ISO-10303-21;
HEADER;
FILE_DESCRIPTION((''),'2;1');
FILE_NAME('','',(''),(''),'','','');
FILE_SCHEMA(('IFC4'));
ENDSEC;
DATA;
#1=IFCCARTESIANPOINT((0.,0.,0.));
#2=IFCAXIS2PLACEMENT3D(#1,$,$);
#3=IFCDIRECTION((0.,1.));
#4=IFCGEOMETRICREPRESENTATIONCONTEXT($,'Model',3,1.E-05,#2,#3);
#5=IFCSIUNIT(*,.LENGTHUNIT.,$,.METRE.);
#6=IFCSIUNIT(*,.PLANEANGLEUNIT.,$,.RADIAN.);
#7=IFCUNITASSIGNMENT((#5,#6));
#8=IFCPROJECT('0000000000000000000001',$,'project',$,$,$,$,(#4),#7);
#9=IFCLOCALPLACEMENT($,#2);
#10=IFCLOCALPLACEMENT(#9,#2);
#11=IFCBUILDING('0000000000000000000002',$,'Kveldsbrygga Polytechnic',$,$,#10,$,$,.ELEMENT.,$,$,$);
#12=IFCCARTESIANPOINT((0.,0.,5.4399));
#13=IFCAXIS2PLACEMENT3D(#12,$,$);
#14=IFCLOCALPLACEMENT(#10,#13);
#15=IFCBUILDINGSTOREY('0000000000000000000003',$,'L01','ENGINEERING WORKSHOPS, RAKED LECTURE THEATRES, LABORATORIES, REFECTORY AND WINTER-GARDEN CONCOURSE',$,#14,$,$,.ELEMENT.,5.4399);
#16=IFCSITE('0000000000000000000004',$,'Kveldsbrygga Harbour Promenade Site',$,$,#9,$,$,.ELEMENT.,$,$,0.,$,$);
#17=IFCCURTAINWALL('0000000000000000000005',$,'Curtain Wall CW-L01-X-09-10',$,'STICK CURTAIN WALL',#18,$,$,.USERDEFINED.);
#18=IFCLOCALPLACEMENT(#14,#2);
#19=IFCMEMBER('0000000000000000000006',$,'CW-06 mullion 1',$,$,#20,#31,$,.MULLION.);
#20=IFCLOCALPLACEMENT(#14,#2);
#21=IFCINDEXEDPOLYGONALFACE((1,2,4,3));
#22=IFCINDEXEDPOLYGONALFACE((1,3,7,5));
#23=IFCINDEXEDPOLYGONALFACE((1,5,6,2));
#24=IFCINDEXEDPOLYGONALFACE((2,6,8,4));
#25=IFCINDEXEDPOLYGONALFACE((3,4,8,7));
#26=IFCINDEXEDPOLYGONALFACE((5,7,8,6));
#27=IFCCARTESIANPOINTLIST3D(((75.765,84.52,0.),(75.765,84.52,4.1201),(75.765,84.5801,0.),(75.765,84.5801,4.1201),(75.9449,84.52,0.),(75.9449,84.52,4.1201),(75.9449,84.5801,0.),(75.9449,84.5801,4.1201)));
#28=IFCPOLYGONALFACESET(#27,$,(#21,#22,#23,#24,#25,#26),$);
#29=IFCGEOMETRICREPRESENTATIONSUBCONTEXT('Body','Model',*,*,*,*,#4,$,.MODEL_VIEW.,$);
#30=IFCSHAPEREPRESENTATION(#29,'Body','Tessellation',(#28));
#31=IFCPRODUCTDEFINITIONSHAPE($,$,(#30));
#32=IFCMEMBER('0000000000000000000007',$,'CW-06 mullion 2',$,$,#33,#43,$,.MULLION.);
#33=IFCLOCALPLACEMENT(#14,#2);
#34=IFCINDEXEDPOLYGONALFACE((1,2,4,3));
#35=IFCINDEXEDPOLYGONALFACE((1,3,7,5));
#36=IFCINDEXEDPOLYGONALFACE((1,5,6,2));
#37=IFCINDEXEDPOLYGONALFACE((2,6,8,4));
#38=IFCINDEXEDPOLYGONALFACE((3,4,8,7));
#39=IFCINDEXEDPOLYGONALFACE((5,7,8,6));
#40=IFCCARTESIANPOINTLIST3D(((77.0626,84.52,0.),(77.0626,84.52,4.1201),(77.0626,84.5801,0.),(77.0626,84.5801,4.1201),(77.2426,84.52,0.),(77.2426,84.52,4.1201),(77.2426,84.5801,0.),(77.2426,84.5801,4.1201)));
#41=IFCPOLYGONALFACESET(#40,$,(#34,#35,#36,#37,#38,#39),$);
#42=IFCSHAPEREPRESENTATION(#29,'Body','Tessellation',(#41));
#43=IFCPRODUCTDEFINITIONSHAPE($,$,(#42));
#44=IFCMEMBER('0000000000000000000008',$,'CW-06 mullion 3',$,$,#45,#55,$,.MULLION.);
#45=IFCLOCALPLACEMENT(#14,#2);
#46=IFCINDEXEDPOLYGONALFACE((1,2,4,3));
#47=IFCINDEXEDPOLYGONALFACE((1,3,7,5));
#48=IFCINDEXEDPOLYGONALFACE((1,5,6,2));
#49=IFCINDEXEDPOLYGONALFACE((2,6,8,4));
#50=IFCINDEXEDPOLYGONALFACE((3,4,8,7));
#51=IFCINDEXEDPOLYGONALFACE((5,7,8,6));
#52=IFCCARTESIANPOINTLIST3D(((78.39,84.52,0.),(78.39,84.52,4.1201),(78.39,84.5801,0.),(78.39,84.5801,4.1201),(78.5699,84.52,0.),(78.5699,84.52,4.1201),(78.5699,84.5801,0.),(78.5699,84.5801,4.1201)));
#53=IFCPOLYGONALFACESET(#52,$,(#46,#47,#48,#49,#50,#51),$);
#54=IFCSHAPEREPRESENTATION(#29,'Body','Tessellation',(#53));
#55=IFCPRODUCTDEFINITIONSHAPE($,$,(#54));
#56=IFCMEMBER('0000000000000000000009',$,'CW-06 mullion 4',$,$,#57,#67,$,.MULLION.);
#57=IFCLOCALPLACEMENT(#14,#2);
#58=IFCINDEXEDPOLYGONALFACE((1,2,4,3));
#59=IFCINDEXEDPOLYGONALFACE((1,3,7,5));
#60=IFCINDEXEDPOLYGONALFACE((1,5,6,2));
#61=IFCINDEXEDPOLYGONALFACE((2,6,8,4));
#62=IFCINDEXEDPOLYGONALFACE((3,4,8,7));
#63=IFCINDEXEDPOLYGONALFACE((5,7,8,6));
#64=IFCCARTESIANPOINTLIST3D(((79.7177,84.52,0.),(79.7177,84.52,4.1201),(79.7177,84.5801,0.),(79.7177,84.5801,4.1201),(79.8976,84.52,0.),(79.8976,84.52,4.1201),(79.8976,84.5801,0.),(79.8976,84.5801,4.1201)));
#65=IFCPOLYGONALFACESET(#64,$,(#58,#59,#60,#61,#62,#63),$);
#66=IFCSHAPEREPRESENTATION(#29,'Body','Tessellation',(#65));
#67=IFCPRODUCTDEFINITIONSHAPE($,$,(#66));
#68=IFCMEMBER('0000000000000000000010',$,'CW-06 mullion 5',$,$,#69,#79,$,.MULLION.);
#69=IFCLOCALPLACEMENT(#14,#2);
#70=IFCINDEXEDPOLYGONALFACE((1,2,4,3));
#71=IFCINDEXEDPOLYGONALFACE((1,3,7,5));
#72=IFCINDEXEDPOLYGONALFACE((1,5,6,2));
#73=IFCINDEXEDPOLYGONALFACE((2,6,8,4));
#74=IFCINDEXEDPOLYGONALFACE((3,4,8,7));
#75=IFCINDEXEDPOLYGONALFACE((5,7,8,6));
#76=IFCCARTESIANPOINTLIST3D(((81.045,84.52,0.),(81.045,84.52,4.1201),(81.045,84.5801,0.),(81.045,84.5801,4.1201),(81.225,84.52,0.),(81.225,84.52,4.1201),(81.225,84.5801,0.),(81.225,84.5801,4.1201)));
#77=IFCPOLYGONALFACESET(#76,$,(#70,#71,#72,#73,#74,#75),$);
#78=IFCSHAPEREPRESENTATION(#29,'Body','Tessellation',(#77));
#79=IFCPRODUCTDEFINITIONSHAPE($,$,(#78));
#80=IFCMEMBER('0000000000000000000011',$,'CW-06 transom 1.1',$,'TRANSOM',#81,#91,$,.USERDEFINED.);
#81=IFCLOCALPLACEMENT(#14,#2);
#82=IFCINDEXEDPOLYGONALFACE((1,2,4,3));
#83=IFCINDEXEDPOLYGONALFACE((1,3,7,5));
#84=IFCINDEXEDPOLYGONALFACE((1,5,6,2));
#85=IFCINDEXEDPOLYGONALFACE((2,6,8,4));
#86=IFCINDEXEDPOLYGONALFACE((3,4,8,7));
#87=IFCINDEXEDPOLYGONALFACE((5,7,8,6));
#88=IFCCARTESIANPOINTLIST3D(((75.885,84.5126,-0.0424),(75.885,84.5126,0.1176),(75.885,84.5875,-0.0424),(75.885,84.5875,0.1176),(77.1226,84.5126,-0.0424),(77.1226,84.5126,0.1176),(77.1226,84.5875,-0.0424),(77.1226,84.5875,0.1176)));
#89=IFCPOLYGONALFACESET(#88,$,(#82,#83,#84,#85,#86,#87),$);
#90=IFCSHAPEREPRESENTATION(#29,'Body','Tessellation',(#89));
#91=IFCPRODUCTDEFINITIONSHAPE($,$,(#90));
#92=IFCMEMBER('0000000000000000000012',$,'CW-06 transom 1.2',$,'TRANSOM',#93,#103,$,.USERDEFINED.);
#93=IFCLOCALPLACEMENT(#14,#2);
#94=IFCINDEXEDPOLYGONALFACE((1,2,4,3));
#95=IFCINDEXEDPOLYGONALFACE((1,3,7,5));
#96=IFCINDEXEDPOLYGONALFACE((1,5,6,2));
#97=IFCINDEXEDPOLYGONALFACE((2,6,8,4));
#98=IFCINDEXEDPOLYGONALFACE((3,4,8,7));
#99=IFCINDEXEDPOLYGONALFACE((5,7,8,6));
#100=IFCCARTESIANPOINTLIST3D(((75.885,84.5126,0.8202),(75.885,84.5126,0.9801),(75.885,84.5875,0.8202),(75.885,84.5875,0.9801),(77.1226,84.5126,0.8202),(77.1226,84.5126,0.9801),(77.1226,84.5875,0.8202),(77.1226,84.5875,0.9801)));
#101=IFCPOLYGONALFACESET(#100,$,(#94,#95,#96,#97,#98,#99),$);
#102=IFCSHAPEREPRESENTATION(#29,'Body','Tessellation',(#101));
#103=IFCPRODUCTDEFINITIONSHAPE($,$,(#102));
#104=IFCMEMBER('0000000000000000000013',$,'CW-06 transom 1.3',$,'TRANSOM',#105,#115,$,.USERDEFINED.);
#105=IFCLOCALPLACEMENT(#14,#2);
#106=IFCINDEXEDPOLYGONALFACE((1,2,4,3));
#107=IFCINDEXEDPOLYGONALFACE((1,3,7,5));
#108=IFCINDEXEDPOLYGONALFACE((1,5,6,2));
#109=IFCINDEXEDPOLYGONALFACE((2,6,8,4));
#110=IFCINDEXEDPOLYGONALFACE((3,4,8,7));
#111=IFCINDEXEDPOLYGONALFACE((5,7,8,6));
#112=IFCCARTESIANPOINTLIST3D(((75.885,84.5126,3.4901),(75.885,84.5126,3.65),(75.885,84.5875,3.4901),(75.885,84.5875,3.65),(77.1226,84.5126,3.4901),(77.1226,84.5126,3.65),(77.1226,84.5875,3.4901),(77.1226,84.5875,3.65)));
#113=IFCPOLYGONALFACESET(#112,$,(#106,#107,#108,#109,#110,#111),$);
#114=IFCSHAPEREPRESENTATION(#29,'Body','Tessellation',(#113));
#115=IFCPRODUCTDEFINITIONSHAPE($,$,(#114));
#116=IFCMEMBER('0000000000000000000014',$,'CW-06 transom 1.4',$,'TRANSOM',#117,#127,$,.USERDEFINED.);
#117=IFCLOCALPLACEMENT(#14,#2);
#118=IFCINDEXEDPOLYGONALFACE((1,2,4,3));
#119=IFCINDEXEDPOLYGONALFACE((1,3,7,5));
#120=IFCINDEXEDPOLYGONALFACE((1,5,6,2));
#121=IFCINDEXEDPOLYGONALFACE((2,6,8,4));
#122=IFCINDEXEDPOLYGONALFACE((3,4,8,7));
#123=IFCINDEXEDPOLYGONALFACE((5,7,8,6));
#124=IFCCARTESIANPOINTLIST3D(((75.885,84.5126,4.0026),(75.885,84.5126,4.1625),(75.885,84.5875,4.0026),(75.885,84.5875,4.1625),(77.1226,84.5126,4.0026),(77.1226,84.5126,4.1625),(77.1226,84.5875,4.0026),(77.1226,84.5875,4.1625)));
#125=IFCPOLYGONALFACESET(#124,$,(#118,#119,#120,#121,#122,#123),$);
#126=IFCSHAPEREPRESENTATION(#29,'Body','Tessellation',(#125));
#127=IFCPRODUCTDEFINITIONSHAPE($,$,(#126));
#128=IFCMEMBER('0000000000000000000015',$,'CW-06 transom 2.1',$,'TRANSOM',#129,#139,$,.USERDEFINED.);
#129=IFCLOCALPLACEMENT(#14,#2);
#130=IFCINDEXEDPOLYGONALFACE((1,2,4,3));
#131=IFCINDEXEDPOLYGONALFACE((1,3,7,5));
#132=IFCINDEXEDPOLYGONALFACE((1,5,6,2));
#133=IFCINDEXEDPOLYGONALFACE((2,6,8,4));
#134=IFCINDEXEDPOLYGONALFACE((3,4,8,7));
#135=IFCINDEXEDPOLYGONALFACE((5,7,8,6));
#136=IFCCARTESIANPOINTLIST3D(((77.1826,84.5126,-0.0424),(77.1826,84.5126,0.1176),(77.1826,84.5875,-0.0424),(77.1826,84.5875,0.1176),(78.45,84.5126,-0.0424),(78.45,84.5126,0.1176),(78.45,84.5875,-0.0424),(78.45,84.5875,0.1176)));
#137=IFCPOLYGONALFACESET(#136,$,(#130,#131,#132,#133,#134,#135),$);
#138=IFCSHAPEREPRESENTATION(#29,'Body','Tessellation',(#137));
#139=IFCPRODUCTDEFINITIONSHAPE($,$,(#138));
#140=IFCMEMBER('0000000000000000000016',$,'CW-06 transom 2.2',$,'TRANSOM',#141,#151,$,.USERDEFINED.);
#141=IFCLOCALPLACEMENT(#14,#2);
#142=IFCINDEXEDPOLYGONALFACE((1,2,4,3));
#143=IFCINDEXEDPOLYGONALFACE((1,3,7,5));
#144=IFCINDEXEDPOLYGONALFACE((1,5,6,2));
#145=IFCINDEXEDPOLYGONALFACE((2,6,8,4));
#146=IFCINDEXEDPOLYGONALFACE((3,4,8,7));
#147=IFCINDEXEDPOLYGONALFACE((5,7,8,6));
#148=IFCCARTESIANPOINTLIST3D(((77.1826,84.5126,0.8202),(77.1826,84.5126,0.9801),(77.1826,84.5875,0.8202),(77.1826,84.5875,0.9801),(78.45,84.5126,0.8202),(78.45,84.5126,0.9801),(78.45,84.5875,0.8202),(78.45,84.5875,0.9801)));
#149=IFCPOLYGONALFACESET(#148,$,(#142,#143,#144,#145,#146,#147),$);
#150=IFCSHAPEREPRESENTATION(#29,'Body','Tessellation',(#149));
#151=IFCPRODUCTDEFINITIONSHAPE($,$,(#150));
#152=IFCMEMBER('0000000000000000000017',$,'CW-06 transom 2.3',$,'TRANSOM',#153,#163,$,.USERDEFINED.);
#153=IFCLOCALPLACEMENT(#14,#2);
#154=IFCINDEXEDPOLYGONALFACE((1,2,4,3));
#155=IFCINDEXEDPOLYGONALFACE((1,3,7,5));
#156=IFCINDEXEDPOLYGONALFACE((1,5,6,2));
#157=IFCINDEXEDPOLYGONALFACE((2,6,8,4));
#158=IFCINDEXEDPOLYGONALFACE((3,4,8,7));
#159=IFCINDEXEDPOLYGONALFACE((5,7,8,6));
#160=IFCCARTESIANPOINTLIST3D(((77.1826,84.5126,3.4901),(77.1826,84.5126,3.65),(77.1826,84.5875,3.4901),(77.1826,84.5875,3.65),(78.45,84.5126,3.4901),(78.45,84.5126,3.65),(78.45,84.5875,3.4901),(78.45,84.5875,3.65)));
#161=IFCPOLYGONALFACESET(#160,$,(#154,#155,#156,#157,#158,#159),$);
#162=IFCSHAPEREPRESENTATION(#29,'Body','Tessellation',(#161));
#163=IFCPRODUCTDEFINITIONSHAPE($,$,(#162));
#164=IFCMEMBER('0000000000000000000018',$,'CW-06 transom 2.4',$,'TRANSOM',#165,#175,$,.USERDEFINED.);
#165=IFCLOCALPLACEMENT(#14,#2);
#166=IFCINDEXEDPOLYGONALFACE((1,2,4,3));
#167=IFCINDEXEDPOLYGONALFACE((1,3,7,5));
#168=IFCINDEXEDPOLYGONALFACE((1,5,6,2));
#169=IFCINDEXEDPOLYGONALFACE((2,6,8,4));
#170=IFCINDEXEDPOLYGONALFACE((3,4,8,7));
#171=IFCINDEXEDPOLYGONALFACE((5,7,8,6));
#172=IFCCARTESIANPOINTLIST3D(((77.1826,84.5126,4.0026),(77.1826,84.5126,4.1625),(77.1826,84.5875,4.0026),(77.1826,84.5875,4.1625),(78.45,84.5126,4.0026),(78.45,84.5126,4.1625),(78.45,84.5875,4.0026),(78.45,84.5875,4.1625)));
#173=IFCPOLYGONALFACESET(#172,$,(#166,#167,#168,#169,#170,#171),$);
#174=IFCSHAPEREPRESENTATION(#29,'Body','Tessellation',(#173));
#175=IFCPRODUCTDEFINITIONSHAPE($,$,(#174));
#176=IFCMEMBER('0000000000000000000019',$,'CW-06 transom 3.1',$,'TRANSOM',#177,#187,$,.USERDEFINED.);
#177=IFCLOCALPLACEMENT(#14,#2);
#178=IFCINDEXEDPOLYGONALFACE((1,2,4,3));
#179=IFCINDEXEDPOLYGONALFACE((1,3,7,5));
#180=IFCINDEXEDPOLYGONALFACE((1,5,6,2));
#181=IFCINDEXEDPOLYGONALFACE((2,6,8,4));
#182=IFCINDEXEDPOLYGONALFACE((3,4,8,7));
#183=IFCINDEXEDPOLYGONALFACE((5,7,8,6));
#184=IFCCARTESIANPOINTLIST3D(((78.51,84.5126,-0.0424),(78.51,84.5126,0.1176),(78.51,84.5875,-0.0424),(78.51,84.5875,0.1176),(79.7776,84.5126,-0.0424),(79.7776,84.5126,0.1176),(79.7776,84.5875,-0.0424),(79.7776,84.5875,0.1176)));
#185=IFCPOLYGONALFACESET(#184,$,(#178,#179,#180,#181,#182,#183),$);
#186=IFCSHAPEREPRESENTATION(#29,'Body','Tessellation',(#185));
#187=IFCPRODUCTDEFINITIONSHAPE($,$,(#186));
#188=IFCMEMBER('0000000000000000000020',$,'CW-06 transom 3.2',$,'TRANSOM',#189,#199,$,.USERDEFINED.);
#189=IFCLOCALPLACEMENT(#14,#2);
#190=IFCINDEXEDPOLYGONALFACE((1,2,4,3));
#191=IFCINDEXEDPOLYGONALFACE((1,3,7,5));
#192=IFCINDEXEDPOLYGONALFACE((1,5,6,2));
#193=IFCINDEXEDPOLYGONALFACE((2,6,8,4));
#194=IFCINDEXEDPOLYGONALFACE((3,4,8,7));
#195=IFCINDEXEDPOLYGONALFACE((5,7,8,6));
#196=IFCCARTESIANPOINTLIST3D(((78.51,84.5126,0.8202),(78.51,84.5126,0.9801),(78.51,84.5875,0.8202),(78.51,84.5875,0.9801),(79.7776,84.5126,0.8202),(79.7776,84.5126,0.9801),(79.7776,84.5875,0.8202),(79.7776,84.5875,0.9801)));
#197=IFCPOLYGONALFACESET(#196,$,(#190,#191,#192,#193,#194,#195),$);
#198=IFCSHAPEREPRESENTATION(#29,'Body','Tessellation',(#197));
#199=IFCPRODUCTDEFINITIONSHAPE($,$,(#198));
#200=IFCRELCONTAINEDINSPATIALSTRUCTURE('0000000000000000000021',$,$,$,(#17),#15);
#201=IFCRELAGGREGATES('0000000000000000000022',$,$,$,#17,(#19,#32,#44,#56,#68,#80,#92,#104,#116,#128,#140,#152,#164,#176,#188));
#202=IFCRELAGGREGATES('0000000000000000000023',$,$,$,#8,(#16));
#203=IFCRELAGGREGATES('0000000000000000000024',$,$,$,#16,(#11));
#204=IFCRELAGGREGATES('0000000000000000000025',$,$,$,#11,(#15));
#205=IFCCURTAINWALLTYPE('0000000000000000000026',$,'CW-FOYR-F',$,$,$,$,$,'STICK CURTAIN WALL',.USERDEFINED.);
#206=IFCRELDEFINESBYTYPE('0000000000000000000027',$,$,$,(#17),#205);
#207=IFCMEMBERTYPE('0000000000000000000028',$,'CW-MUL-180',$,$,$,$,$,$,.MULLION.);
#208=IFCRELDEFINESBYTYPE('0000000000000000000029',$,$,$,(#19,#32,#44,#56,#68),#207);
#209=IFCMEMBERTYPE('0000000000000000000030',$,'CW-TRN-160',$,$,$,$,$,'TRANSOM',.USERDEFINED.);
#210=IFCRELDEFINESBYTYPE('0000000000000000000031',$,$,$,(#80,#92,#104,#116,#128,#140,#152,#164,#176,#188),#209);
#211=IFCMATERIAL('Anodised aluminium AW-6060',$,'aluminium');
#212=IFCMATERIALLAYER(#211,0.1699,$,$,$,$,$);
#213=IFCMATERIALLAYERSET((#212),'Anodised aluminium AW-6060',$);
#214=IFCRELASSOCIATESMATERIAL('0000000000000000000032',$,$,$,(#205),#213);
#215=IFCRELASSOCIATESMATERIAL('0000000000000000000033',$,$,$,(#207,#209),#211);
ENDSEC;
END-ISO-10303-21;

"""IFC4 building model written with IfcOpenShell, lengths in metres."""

from ifc_helpers import new_model, si_unit, direction, frame, origin, origin_2d, place, context, subcontext, project, spatial, rectangle, extrude, material, layer, layer_set, material_profile, profile_set, type_object, element, aggregate, save


model = new_model("IFC4")

# Units and contexts
model_context = context("Model", 3, precision=1e-05, world=origin(), true_north=direction((0.0, 1.0)))
body_context = subcontext(model_context, "Body", "Model", "MODEL_VIEW")
ifc_project = project(units=[si_unit("LENGTHUNIT", "METRE"), si_unit("PLANEANGLEUNIT", "RADIAN")], contexts=[model_context])

# Site, building, storey
site_placement = place(None, origin())
site = spatial("IfcSite", under=ifc_project, at=site_placement, Name="Kveldsbrygga Harbour Promenade Site", CompositionType="ELEMENT", RefElevation=0.0)
building_placement = place(site_placement, origin())
building = spatial("IfcBuilding", under=site, at=building_placement, Name="Kveldsbrygga Polytechnic", CompositionType="ELEMENT")
storey_placement = place(building_placement, frame((0.0, 0.0, 5.4399)))
storey = spatial("IfcBuildingStorey", under=building, at=storey_placement, Name="L01", Description="ENGINEERING WORKSHOPS, RAKED LECTURE THEATRES, LABORATORIES, REFECTORY AND WINTER-GARDEN CONCOURSE", CompositionType="ELEMENT", Elevation=5.4399)

# Curtain wall, members
ifc_material_1 = material(Name="Anodised aluminium AW-6060", Category="aluminium")
ifc_layer_1 = layer(ifc_material_1, 0.1699)
ifc_layer_set_1 = layer_set([ifc_layer_1], Name="Anodised aluminium AW-6060")
curtain_wall_type = type_object("IfcCurtainWallType", Name="CW-FOYR-F", ElementType="STICK CURTAIN WALL", PredefinedType="USERDEFINED", material=ifc_layer_set_1)
curtain_wall_placement = place(storey_placement, origin())
curtain_wall = element("IfcCurtainWall", 1, at=curtain_wall_placement, inside=storey, type_object=curtain_wall_type, Name="Curtain Wall CW-L01-X-09-10", ObjectType="STICK CURTAIN WALL", PredefinedType="USERDEFINED")
ifc_material_profile_1 = material_profile(ifc_material_1, rectangle(XDim=0.0601, YDim=0.1799, at=origin_2d()), Name="ALU 60x180")
ifc_profile_set_1 = profile_set([ifc_material_profile_1], Name="Anodised aluminium AW-6060")
member_type_1 = type_object("IfcMemberType", Name="CW-MUL-180", PredefinedType="MULLION", material=ifc_profile_set_1)
member_1_placement = place(storey_placement, frame((75.855, 84.55, 0.0), z_axis=(0.0, 0.0, 1.0), x_axis=(0.0, 1.0, 0.0)))
member_1 = element("IfcMember", 2, at=member_1_placement, type_object=member_type_1, Name="CW-06 mullion 1", PredefinedType="MULLION", context=body_context, shape_type="SweptSolid", body=[
    extrude(rectangle(XDim=0.0601, YDim=0.1799, at=origin_2d()), origin(), (0.0, 0.0, 1.0), 4.1201),
])
member_2_placement = place(storey_placement, frame((77.1526, 84.55, 0.0), z_axis=(0.0, 0.0, 1.0), x_axis=(0.0, 1.0, 0.0)))
member_2 = element("IfcMember", 3, at=member_2_placement, type_object=member_type_1, Name="CW-06 mullion 2", PredefinedType="MULLION", context=body_context, shape_type="SweptSolid", body=[
    extrude(rectangle(XDim=0.0601, YDim=0.1799, at=origin_2d()), origin(), (0.0, 0.0, 1.0), 4.1201),
])
member_3_placement = place(storey_placement, frame((78.48, 84.55, 0.0), z_axis=(0.0, 0.0, 1.0), x_axis=(0.0, 1.0, 0.0)))
member_3 = element("IfcMember", 4, at=member_3_placement, type_object=member_type_1, Name="CW-06 mullion 3", PredefinedType="MULLION", context=body_context, shape_type="SweptSolid", body=[
    extrude(rectangle(XDim=0.0601, YDim=0.1799, at=origin_2d()), origin(), (0.0, 0.0, 1.0), 4.1201),
])
member_4_placement = place(storey_placement, frame((79.8076, 84.55, 0.0), z_axis=(0.0, 0.0, 1.0), x_axis=(0.0, 1.0, 0.0)))
member_4 = element("IfcMember", 5, at=member_4_placement, type_object=member_type_1, Name="CW-06 mullion 4", PredefinedType="MULLION", context=body_context, shape_type="SweptSolid", body=[
    extrude(rectangle(XDim=0.0601, YDim=0.1799, at=origin_2d()), origin(), (0.0, 0.0, 1.0), 4.1201),
])
member_5_placement = place(storey_placement, frame((81.135, 84.55, 0.0), z_axis=(0.0, 0.0, 1.0), x_axis=(0.0, 1.0, 0.0)))
member_5 = element("IfcMember", 6, at=member_5_placement, type_object=member_type_1, Name="CW-06 mullion 5", PredefinedType="MULLION", context=body_context, shape_type="SweptSolid", body=[
    extrude(rectangle(XDim=0.0601, YDim=0.1799, at=origin_2d()), origin(), (0.0, 0.0, 1.0), 4.1201),
])
ifc_material_profile_2 = material_profile(ifc_material_1, rectangle(XDim=0.075, YDim=0.1599, at=origin_2d()), Name="ALU 75x160")
ifc_profile_set_2 = profile_set([ifc_material_profile_2], Name="Anodised aluminium AW-6060")
member_type_2 = type_object("IfcMemberType", Name="CW-TRN-160", ElementType="TRANSOM", PredefinedType="USERDEFINED", material=ifc_profile_set_2)
member_6_placement = place(storey_placement, frame((75.885, 84.55, 0.0376), z_axis=(1.0, 0.0, 0.0), x_axis=(0.0, 1.0, 0.0)))
member_6 = element("IfcMember", 7, at=member_6_placement, type_object=member_type_2, Name="CW-06 transom 1.1", ObjectType="TRANSOM", PredefinedType="USERDEFINED", context=body_context, shape_type="SweptSolid", body=[
    extrude(rectangle(XDim=0.075, YDim=0.1599, at=origin_2d()), origin(), (0.0, 0.0, 1.0), 1.2375),
])
member_7_placement = place(storey_placement, frame((75.885, 84.55, 0.9001), z_axis=(1.0, 0.0, 0.0), x_axis=(0.0, 1.0, 0.0)))
member_7 = element("IfcMember", 8, at=member_7_placement, type_object=member_type_2, Name="CW-06 transom 1.2", ObjectType="TRANSOM", PredefinedType="USERDEFINED", context=body_context, shape_type="SweptSolid", body=[
    extrude(rectangle(XDim=0.075, YDim=0.1599, at=origin_2d()), origin(), (0.0, 0.0, 1.0), 1.2375),
])
member_8_placement = place(storey_placement, frame((75.885, 84.55, 3.5701), z_axis=(1.0, 0.0, 0.0), x_axis=(0.0, 1.0, 0.0)))
member_8 = element("IfcMember", 9, at=member_8_placement, type_object=member_type_2, Name="CW-06 transom 1.3", ObjectType="TRANSOM", PredefinedType="USERDEFINED", context=body_context, shape_type="SweptSolid", body=[
    extrude(rectangle(XDim=0.075, YDim=0.1599, at=origin_2d()), origin(), (0.0, 0.0, 1.0), 1.2375),
])
member_9_placement = place(storey_placement, frame((75.885, 84.55, 4.0825), z_axis=(1.0, 0.0, 0.0), x_axis=(0.0, 1.0, 0.0)))
member_9 = element("IfcMember", 10, at=member_9_placement, type_object=member_type_2, Name="CW-06 transom 1.4", ObjectType="TRANSOM", PredefinedType="USERDEFINED", context=body_context, shape_type="SweptSolid", body=[
    extrude(rectangle(XDim=0.075, YDim=0.1599, at=origin_2d()), origin(), (0.0, 0.0, 1.0), 1.2375),
])
member_10_placement = place(storey_placement, frame((77.1826, 84.55, 0.0376), z_axis=(1.0, 0.0, 0.0), x_axis=(0.0, 1.0, 0.0)))
member_10 = element("IfcMember", 11, at=member_10_placement, type_object=member_type_2, Name="CW-06 transom 2.1", ObjectType="TRANSOM", PredefinedType="USERDEFINED", context=body_context, shape_type="SweptSolid", body=[
    extrude(rectangle(XDim=0.075, YDim=0.1599, at=origin_2d()), origin(), (0.0, 0.0, 1.0), 1.2673),
])
member_11_placement = place(storey_placement, frame((77.1826, 84.55, 0.9001), z_axis=(1.0, 0.0, 0.0), x_axis=(0.0, 1.0, 0.0)))
member_11 = element("IfcMember", 12, at=member_11_placement, type_object=member_type_2, Name="CW-06 transom 2.2", ObjectType="TRANSOM", PredefinedType="USERDEFINED", context=body_context, shape_type="SweptSolid", body=[
    extrude(rectangle(XDim=0.075, YDim=0.1599, at=origin_2d()), origin(), (0.0, 0.0, 1.0), 1.2673),
])
member_12_placement = place(storey_placement, frame((77.1826, 84.55, 3.5701), z_axis=(1.0, 0.0, 0.0), x_axis=(0.0, 1.0, 0.0)))
member_12 = element("IfcMember", 13, at=member_12_placement, type_object=member_type_2, Name="CW-06 transom 2.3", ObjectType="TRANSOM", PredefinedType="USERDEFINED", context=body_context, shape_type="SweptSolid", body=[
    extrude(rectangle(XDim=0.075, YDim=0.1599, at=origin_2d()), origin(), (0.0, 0.0, 1.0), 1.2673),
])
member_13_placement = place(storey_placement, frame((77.1826, 84.55, 4.0825), z_axis=(1.0, 0.0, 0.0), x_axis=(0.0, 1.0, 0.0)))
member_13 = element("IfcMember", 14, at=member_13_placement, type_object=member_type_2, Name="CW-06 transom 2.4", ObjectType="TRANSOM", PredefinedType="USERDEFINED", context=body_context, shape_type="SweptSolid", body=[
    extrude(rectangle(XDim=0.075, YDim=0.1599, at=origin_2d()), origin(), (0.0, 0.0, 1.0), 1.2673),
])
member_14_placement = place(storey_placement, frame((78.51, 84.55, 0.0376), z_axis=(1.0, 0.0, 0.0), x_axis=(0.0, 1.0, 0.0)))
member_14 = element("IfcMember", 15, at=member_14_placement, type_object=member_type_2, Name="CW-06 transom 3.1", ObjectType="TRANSOM", PredefinedType="USERDEFINED", context=body_context, shape_type="SweptSolid", body=[
    extrude(rectangle(XDim=0.075, YDim=0.1599, at=origin_2d()), origin(), (0.0, 0.0, 1.0), 1.2676),
])
member_15_placement = place(storey_placement, frame((78.51, 84.55, 0.9001), z_axis=(1.0, 0.0, 0.0), x_axis=(0.0, 1.0, 0.0)))
member_15 = element("IfcMember", 16, at=member_15_placement, type_object=member_type_2, Name="CW-06 transom 3.2", ObjectType="TRANSOM", PredefinedType="USERDEFINED", context=body_context, shape_type="SweptSolid", body=[
    extrude(rectangle(XDim=0.075, YDim=0.1599, at=origin_2d()), origin(), (0.0, 0.0, 1.0), 1.2676),
])
aggregate(curtain_wall, [member_1, member_2, member_3, member_4, member_5, member_6, member_7, member_8, member_9, member_10, member_11, member_12, member_13, member_14, member_15])

save(model, "model.ifc")
